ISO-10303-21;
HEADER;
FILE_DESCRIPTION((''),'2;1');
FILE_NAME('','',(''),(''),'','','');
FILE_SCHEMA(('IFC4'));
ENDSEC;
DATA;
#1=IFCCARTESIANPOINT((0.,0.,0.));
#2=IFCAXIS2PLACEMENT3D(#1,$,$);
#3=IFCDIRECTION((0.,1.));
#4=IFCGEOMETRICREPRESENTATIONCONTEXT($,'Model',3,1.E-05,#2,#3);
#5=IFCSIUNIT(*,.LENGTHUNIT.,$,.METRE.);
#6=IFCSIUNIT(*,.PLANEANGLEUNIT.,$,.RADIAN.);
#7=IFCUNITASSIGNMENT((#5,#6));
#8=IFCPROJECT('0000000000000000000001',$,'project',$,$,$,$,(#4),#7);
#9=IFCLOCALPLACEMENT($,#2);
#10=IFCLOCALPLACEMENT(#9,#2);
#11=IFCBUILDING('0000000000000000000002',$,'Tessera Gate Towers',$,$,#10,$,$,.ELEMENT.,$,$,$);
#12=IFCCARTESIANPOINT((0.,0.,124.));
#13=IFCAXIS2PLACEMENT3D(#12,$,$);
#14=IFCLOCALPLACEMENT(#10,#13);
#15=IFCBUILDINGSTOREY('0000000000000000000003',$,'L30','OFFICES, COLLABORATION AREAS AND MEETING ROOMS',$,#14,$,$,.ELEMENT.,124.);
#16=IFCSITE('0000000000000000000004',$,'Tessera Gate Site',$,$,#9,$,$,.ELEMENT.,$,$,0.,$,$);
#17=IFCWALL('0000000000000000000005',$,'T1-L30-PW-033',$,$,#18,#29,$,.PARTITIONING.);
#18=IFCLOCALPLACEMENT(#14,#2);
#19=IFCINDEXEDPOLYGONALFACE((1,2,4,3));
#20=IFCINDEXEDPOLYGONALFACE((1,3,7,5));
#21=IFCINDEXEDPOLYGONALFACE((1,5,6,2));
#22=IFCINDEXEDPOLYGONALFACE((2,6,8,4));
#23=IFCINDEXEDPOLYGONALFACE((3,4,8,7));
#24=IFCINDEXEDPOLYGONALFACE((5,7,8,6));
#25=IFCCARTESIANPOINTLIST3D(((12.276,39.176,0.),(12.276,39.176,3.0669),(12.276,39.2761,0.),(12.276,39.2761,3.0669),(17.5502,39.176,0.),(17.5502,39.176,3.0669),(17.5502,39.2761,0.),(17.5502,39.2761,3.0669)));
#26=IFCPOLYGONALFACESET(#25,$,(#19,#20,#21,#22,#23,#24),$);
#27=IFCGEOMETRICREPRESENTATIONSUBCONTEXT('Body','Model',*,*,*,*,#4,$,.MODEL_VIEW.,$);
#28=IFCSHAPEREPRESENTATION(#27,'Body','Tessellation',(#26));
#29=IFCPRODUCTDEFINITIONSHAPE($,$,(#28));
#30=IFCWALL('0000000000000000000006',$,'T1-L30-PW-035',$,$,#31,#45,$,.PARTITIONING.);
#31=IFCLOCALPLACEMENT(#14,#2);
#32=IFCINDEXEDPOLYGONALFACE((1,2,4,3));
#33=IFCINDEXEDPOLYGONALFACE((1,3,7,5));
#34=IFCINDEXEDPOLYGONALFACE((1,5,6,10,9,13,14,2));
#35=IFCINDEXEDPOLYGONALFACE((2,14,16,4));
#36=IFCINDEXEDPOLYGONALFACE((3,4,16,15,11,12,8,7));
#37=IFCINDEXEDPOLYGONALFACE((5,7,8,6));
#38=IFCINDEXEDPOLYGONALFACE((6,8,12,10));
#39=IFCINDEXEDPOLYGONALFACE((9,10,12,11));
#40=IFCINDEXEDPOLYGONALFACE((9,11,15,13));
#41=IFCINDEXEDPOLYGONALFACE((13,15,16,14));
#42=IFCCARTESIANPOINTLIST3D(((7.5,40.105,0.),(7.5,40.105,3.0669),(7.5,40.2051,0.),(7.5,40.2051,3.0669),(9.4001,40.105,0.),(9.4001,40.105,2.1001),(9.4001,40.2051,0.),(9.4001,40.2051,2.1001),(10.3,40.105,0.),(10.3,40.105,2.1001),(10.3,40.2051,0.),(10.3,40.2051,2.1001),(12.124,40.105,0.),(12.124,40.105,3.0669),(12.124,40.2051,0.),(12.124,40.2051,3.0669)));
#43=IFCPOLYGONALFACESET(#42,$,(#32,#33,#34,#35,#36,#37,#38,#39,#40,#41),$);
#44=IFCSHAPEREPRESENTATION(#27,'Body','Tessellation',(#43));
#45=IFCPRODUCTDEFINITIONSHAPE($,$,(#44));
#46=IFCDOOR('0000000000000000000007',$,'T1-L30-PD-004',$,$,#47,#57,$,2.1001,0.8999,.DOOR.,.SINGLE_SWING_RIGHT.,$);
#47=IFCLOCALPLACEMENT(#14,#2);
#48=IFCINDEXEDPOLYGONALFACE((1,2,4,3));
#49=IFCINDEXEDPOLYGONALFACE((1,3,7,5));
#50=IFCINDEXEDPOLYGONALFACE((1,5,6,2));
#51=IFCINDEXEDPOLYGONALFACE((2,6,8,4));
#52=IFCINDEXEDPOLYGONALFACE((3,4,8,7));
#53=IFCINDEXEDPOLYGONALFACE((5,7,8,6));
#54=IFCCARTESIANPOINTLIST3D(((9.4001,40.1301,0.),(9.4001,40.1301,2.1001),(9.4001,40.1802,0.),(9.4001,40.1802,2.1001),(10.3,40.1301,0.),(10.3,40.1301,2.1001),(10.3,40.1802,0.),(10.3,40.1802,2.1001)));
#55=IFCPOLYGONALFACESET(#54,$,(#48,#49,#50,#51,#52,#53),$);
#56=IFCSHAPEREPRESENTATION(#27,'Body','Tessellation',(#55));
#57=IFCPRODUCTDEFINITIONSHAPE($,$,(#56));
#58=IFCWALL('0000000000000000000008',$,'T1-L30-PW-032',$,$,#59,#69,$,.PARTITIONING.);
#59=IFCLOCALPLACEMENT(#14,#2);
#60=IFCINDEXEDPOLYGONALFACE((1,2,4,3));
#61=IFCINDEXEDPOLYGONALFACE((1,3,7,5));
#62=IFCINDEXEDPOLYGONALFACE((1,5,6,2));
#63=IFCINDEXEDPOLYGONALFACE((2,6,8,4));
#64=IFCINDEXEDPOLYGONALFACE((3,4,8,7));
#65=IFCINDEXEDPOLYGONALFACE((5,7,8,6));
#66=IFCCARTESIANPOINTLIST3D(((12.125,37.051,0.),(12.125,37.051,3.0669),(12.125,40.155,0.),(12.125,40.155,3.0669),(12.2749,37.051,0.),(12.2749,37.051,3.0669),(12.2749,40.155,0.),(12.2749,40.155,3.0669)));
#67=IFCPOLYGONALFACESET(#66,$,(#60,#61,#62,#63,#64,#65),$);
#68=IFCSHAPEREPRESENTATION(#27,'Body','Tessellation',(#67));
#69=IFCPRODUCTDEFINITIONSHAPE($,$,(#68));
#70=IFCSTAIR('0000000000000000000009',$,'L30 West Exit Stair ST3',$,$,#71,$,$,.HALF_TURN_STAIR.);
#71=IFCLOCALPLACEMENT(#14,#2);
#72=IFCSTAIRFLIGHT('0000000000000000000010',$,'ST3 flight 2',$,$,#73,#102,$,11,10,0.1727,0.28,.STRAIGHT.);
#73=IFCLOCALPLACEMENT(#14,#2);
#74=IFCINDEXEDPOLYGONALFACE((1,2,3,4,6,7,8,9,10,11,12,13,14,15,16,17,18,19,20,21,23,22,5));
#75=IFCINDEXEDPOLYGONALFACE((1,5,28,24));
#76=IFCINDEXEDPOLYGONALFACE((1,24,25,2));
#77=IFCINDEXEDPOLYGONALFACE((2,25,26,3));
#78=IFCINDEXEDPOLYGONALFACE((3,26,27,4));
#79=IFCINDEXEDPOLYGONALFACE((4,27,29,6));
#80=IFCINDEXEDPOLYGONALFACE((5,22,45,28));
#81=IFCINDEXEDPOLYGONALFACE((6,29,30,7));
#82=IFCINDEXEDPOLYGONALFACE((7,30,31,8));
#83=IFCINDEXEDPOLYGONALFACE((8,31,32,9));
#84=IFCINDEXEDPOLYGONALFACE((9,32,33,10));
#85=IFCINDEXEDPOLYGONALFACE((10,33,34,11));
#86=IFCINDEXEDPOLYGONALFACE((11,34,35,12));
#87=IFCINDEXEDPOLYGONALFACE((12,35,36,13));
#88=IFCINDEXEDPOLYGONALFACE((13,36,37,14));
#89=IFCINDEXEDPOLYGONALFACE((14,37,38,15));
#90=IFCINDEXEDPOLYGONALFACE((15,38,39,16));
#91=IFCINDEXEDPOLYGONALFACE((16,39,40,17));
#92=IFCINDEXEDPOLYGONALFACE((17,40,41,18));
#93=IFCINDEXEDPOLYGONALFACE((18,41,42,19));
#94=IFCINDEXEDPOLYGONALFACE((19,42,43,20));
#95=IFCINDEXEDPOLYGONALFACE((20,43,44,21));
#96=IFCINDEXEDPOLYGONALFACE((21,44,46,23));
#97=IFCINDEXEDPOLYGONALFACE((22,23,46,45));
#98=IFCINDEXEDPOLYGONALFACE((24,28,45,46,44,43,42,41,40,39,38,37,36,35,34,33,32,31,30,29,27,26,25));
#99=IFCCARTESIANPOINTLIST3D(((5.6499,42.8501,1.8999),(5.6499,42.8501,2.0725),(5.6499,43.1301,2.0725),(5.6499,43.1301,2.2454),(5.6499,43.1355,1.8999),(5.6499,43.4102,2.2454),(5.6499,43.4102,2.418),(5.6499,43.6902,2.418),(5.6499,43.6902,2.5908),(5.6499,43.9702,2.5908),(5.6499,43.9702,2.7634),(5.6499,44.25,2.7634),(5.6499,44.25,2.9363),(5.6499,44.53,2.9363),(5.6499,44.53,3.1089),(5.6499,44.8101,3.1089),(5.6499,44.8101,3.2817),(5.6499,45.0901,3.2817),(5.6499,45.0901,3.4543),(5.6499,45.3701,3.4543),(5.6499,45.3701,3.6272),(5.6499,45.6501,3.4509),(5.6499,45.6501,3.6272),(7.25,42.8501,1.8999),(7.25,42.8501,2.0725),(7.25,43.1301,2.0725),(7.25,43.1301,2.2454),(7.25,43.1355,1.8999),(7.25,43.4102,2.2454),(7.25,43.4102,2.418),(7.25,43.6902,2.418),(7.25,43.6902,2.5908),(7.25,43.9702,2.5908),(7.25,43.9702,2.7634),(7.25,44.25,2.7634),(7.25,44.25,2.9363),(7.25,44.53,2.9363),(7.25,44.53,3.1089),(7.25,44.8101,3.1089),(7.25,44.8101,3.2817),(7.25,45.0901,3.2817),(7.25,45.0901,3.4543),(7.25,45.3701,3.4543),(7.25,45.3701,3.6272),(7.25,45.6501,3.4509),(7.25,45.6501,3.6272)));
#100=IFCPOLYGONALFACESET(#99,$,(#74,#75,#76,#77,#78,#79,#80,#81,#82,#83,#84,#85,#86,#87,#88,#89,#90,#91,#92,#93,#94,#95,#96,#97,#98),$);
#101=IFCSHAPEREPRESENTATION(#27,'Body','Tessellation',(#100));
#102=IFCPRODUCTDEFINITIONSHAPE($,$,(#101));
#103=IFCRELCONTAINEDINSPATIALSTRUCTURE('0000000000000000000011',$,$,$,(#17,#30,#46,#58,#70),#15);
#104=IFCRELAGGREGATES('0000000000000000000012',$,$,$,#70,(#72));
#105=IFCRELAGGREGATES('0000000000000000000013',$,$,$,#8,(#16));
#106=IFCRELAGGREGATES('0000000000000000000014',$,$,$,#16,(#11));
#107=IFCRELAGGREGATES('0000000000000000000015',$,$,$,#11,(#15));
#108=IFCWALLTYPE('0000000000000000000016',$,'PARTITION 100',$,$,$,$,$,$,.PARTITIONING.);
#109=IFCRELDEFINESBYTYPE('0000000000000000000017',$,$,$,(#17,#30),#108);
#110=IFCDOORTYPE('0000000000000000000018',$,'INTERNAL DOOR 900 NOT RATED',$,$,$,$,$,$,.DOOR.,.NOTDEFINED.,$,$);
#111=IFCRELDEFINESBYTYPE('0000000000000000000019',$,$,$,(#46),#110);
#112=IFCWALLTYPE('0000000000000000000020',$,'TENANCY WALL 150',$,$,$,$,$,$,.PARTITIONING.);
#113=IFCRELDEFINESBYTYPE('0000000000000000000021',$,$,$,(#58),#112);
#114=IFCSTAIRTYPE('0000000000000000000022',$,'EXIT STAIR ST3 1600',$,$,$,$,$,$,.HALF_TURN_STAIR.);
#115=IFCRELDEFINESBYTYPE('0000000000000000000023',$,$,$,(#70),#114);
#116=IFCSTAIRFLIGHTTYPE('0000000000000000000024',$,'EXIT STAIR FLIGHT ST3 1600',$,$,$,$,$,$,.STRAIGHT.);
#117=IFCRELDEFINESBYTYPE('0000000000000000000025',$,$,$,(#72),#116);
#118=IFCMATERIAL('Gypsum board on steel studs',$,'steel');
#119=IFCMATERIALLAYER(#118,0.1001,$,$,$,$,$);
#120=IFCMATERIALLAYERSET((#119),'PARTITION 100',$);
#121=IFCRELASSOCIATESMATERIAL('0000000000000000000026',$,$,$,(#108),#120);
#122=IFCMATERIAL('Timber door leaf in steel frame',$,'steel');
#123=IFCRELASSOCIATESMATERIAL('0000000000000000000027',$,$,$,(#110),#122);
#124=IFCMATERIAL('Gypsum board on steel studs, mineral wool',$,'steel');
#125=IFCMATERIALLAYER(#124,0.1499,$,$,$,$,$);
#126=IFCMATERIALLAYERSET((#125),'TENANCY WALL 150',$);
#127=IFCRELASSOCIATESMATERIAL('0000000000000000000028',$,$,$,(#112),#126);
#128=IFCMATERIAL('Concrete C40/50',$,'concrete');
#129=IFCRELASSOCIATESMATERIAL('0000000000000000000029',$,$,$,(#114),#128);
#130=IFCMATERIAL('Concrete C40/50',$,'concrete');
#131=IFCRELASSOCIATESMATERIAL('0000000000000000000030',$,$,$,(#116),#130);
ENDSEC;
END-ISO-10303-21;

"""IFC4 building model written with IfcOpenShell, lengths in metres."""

from ifc_helpers import new_model, si_unit, direction, frame, frame_2d, origin, place, context, subcontext, project, spatial, polyline, rectangle, outline, extrude, source, transform, mapped, material, layer, layer_set, type_object, element, fill, aggregate, save


model = new_model("IFC4")

# Units and contexts
model_context = context("Model", 3, precision=1e-05, world=origin(), true_north=direction((0.0, 1.0)))
body_context = subcontext(model_context, "Body", "Model", "MODEL_VIEW")
ifc_project = project(units=[si_unit("LENGTHUNIT", "METRE"), si_unit("PLANEANGLEUNIT", "RADIAN")], contexts=[model_context])

# Site, building, storey
site_placement = place(None, origin())
site = spatial("IfcSite", under=ifc_project, at=site_placement, Name="Tessera Gate Site", CompositionType="ELEMENT", RefElevation=0.0)
building_placement = place(site_placement, origin())
building = spatial("IfcBuilding", under=site, at=building_placement, Name="Tessera Gate Towers", CompositionType="ELEMENT")
storey_placement = place(building_placement, frame((0.0, 0.0, 124.0)))
storey = spatial("IfcBuildingStorey", under=building, at=storey_placement, Name="L30", Description="OFFICES, COLLABORATION AREAS AND MEETING ROOMS", CompositionType="ELEMENT", Elevation=124.0)

# Wall
ifc_material_1 = material(Name="Gypsum board on steel studs", Category="steel")
ifc_layer_1 = layer(ifc_material_1, 0.1001)
ifc_layer_set_1 = layer_set([ifc_layer_1], Name="PARTITION 100")
wall_type_1 = type_object("IfcWallType", Name="PARTITION 100", PredefinedType="PARTITIONING", material=ifc_layer_set_1)
wall_1_placement = place(storey_placement, frame((12.2759, 39.2261, 0.0), z_axis=(0.0, 0.0, 1.0), x_axis=(1.0, 0.0, 0.0)))
element("IfcWall", 1, at=wall_1_placement, inside=storey, type_object=wall_type_1, Name="T1-L30-PW-033", PredefinedType="PARTITIONING", context=body_context, shape_type="SweptSolid", body=[
    extrude(rectangle(XDim=5.2742, YDim=0.1001, at=frame_2d((2.6372, 0.0))), origin(), (0.0, 0.0, 1.0), 3.0669),
])

# Wall, opening, door
wall_2_placement = place(storey_placement, frame((12.124, 40.155, 0.0), z_axis=(0.0, 0.0, 1.0), x_axis=(-1.0, 0.0, 0.0)))
wall_2 = element("IfcWall", 2, at=wall_2_placement, inside=storey, type_object=wall_type_1, Name="T1-L30-PW-035", PredefinedType="PARTITIONING", context=body_context, shape_type="SweptSolid", body=[
    extrude(rectangle(XDim=4.624, YDim=0.1001, at=frame_2d((2.312, 0.0))), origin(), (0.0, 0.0, 1.0), 3.0669),
])
shared_shape_1 = source(origin(), body_context, "Body", "SweptSolid", [
    extrude(rectangle(XDim=0.8999, YDim=2.1001, at=frame_2d((0.45, 1.05))), frame((0.0, 0.0601, 0.0), z_axis=(0.0, -1.0, 0.0), x_axis=(1.0, 0.0, 0.0)), (0.0, 0.0, 1.0), 0.1201),
])
opening_placement = place(wall_2_placement, frame((1.824, 0.0, 0.0)))
opening = element("IfcOpeningElement", 3, at=opening_placement, cuts=wall_2, PredefinedType="OPENING", context=body_context, shape_type="MappedRepresentation", body=[
    mapped(shared_shape_1, transform((0.0, 0.0, 0.0), scale=1.0)),
])
ifc_material_2 = material(Name="Timber door leaf in steel frame", Category="steel")
door_type = type_object("IfcDoorType", Name="INTERNAL DOOR 900 NOT RATED", OperationType="NOTDEFINED", PredefinedType="DOOR", material=ifc_material_2)
shared_shape_2 = source(origin(), body_context, "Body", "SweptSolid", [
    extrude(rectangle(XDim=0.8999, YDim=2.1001, at=frame_2d((0.45, 1.05))), frame((0.0, 0.0249, 0.0), z_axis=(0.0, -1.0, 0.0), x_axis=(1.0, 0.0, 0.0)), (0.0, 0.0, 1.0), 0.05),
])
door_placement = place(opening_placement, origin())
door = element("IfcDoor", 4, at=door_placement, inside=storey, type_object=door_type, Name="T1-L30-PD-004", OperationType="SINGLE_SWING_RIGHT", OverallHeight=2.1001, OverallWidth=0.8999, PredefinedType="DOOR", context=body_context, shape_type="MappedRepresentation", body=[
    mapped(shared_shape_2, transform((0.0, 0.0, 0.0), scale=1.0)),
])
fill(opening, door)

# Wall
ifc_material_3 = material(Name="Gypsum board on steel studs, mineral wool", Category="steel")
ifc_layer_2 = layer(ifc_material_3, 0.1499)
ifc_layer_set_2 = layer_set([ifc_layer_2], Name="TENANCY WALL 150")
wall_type_2 = type_object("IfcWallType", Name="TENANCY WALL 150", PredefinedType="PARTITIONING", material=ifc_layer_set_2)
wall_3_placement = place(storey_placement, frame((12.2, 37.051, 0.0), z_axis=(0.0, 0.0, 1.0), x_axis=(0.0, 1.0, 0.0)))
element("IfcWall", 5, at=wall_3_placement, inside=storey, type_object=wall_type_2, Name="T1-L30-PW-032", PredefinedType="PARTITIONING", context=body_context, shape_type="SweptSolid", body=[
    extrude(rectangle(XDim=3.104, YDim=0.1499, at=frame_2d((1.552, 0.0))), origin(), (0.0, 0.0, 1.0), 3.0669),
])

# Stair, stair flight
ifc_material_4 = material(Name="Concrete C40/50", Category="concrete")
stair_type = type_object("IfcStairType", Name="EXIT STAIR ST3 1600", PredefinedType="HALF_TURN_STAIR", material=ifc_material_4)
stair_placement = place(storey_placement, origin())
stair = element("IfcStair", 6, at=stair_placement, inside=storey, type_object=stair_type, Name="L30 West Exit Stair ST3", PredefinedType="HALF_TURN_STAIR")
ifc_material_5 = material(Name="Concrete C40/50", Category="concrete")
stair_flight_type = type_object("IfcStairFlightType", Name="EXIT STAIR FLIGHT ST3 1600", PredefinedType="STRAIGHT", material=ifc_material_5)
stair_flight_placement = place(storey_placement, frame((6.45, 42.8501, 1.8999), z_axis=(0.0, 0.0, 1.0), x_axis=(0.0, 1.0, 0.0)))
stair_flight = element("IfcStairFlight", 7, at=stair_flight_placement, type_object=stair_flight_type, Name="ST3 flight 2", NumberOfRisers=11, NumberOfTreads=10, PredefinedType="STRAIGHT", RiserHeight=0.1727, TreadLength=0.28, context=body_context, shape_type="SweptSolid", body=[
    extrude(outline(polyline([(0.0, 0.0), (0.0, 0.1726), (0.28, 0.1726), (0.28, 0.3455), (0.5601, 0.3455), (0.5601, 0.5181), (0.8401, 0.5181), (0.8401, 0.6909), (1.1201, 0.6909), (1.1201, 0.8635), (1.3999, 0.8635), (1.3999, 1.0364), (1.6799, 1.0364), (1.6799, 1.209), (1.96, 1.209), (1.96, 1.3818), (2.24, 1.3818), (2.24, 1.5544), (2.52, 1.5544), (2.52, 1.7273), (2.8, 1.7273), (2.8, 1.8999), (2.8, 1.551), (0.2854, 0.0), (0.0, 0.0)])), frame((0.0, 0.8, 0.0), z_axis=(0.0, -1.0, 0.0), x_axis=(1.0, 0.0, 0.0)), (0.0, 0.0, 1.0), 1.6001),
])
aggregate(stair, [stair_flight])

save(model, "model.ifc")
